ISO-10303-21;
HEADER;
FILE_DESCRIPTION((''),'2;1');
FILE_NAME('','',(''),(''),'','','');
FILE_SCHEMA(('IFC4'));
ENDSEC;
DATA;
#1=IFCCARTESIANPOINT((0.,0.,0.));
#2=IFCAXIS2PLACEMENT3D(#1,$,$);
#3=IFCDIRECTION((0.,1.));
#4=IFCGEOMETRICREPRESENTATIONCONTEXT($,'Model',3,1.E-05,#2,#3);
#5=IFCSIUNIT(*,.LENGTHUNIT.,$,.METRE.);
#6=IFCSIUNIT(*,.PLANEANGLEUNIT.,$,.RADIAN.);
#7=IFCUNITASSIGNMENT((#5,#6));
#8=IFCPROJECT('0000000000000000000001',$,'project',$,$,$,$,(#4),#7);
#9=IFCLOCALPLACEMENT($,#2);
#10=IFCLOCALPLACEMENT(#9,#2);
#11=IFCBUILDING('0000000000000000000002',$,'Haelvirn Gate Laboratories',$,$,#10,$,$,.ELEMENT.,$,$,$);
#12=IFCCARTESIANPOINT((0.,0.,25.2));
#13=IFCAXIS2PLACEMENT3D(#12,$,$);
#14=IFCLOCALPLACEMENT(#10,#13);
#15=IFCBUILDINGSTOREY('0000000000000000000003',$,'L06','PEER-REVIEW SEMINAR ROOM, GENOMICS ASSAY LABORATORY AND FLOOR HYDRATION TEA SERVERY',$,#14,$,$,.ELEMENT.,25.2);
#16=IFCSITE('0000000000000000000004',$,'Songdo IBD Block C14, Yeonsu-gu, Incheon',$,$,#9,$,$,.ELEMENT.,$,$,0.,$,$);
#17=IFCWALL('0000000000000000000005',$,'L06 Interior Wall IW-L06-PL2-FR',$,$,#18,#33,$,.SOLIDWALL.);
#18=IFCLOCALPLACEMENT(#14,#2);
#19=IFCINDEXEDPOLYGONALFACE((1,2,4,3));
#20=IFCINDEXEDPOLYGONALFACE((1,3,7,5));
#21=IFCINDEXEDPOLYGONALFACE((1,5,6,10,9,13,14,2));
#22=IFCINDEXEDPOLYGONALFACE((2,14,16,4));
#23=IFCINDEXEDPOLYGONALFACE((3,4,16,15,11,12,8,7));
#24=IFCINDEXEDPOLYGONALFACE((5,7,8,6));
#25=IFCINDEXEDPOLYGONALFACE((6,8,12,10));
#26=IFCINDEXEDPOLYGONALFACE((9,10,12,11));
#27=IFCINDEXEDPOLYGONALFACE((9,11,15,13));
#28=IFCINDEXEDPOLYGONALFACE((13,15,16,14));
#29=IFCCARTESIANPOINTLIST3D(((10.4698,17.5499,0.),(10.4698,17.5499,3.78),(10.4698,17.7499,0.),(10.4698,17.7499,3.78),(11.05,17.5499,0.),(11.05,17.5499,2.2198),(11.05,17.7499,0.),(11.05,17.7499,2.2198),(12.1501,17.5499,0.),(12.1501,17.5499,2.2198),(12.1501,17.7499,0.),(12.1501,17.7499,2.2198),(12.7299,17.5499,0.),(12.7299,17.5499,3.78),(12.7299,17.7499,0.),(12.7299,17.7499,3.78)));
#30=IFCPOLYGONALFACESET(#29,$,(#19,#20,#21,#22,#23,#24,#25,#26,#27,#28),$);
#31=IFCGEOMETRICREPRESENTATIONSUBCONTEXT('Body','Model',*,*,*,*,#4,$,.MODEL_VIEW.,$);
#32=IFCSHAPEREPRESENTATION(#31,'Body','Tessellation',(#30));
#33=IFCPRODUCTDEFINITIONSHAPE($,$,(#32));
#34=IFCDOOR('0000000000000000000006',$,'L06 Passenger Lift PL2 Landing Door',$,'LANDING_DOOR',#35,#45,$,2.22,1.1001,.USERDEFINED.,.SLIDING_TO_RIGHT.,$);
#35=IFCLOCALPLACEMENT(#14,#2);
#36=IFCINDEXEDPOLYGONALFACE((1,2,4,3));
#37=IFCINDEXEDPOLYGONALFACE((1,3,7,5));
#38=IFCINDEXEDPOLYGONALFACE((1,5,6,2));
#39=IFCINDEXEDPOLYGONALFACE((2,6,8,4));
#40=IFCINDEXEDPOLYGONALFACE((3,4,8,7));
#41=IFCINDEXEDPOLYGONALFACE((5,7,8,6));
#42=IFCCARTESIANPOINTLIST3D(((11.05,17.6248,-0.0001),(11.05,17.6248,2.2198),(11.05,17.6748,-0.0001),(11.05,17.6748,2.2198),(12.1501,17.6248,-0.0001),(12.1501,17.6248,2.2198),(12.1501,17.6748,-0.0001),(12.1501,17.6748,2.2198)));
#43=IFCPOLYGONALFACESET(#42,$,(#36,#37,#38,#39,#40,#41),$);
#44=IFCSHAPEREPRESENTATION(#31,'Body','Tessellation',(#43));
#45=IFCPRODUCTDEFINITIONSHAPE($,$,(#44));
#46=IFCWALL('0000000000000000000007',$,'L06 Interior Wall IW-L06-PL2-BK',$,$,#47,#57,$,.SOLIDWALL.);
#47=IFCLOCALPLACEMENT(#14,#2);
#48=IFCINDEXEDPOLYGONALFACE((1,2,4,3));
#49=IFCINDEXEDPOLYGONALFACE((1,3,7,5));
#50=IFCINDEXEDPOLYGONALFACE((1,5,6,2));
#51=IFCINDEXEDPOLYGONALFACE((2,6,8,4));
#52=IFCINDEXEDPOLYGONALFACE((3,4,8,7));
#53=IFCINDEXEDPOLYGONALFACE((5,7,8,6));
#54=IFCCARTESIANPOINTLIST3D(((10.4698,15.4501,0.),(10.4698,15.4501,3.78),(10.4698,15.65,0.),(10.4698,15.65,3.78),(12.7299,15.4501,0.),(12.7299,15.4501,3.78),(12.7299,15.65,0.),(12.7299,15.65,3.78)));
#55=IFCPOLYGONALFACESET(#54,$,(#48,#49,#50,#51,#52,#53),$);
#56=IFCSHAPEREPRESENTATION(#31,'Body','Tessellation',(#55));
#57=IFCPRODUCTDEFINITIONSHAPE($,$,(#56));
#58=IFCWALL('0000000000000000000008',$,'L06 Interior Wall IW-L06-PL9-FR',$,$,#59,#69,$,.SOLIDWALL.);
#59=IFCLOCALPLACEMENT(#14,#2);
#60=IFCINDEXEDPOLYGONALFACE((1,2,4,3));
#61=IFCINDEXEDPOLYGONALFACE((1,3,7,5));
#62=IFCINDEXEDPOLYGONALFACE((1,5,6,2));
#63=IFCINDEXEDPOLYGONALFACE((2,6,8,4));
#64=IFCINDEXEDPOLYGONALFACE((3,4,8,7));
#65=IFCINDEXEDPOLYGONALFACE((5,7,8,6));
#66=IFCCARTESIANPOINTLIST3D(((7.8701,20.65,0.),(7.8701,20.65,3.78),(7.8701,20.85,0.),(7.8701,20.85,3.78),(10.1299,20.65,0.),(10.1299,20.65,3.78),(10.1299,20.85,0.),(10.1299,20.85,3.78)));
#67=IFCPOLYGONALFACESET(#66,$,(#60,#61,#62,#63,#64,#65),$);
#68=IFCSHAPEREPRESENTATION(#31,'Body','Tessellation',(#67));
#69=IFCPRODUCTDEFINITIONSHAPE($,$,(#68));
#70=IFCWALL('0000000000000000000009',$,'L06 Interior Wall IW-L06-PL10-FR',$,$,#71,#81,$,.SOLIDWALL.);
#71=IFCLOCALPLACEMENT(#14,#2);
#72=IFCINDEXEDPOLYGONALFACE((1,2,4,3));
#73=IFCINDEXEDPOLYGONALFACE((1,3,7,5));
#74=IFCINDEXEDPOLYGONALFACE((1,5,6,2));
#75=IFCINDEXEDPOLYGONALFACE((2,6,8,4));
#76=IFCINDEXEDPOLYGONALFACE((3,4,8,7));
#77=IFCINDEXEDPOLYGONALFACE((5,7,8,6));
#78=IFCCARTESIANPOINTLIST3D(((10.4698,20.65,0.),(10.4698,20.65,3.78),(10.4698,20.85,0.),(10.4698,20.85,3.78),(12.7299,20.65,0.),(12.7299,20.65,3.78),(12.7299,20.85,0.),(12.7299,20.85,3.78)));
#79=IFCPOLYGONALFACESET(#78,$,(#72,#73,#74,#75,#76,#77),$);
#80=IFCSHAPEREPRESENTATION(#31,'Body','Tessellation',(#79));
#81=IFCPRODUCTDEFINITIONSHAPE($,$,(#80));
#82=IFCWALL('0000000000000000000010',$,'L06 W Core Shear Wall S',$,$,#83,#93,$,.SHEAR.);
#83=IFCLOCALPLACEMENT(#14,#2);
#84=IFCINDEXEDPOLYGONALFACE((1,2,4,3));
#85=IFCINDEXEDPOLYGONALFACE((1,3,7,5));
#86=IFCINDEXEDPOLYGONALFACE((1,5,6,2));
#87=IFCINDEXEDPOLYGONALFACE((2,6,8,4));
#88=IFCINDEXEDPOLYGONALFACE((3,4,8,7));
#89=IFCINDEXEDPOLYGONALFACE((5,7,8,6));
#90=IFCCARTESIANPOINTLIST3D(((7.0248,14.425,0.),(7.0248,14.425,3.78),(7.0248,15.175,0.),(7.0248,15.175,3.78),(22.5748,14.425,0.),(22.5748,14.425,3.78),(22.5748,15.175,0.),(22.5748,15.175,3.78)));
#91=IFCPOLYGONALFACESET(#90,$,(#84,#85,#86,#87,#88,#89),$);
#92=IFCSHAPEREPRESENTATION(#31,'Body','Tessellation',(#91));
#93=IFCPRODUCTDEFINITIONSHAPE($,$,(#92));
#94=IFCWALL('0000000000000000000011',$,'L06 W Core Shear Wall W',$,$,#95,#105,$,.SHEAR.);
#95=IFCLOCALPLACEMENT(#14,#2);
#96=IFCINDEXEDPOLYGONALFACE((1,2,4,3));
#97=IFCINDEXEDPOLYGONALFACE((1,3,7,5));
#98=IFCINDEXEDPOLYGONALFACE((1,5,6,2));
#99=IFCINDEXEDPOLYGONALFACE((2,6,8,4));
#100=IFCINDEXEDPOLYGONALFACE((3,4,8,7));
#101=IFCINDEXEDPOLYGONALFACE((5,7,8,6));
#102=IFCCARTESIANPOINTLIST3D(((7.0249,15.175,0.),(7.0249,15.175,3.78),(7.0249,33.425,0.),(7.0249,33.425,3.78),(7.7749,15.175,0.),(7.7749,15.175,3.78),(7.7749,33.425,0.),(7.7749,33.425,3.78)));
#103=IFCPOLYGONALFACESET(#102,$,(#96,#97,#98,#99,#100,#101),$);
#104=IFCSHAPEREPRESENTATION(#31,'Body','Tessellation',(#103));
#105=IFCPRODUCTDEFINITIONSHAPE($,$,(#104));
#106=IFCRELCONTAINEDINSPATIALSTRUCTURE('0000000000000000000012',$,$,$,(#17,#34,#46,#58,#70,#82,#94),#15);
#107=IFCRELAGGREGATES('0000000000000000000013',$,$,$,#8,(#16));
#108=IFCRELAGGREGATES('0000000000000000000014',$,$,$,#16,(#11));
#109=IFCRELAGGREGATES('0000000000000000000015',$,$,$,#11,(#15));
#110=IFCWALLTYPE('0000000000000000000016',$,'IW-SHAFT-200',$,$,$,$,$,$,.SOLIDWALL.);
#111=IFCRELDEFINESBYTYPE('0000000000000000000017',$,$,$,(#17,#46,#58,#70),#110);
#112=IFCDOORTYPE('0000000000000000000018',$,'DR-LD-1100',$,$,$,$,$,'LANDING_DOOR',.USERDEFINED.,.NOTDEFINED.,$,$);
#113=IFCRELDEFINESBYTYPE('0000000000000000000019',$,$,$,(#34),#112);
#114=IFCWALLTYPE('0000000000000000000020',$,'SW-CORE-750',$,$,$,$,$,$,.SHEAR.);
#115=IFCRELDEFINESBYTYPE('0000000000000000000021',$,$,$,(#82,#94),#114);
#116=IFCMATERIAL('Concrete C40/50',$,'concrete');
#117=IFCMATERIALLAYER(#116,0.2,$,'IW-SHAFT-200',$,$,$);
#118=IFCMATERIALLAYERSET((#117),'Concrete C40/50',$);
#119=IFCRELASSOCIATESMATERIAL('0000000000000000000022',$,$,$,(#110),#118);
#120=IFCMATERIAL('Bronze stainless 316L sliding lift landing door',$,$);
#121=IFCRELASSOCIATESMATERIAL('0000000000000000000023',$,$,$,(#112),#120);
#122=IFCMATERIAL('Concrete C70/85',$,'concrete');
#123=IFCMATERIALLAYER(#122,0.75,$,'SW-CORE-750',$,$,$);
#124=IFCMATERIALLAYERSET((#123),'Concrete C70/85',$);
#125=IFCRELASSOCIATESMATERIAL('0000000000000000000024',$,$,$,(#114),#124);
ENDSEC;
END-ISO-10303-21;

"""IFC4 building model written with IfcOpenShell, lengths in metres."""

from ifc_helpers import new_model, si_unit, direction, frame, frame_2d, origin, place, context, subcontext, project, spatial, rectangle, extrude, source, transform, mapped, material, layer, layer_set, type_object, type_shapes, element, fill, save


model = new_model("IFC4")

# Units and contexts
model_context = context("Model", 3, precision=1e-05, world=origin(), true_north=direction((0.0, 1.0)))
body_context = subcontext(model_context, "Body", "Model", "MODEL_VIEW")
ifc_project = project(units=[si_unit("LENGTHUNIT", "METRE"), si_unit("PLANEANGLEUNIT", "RADIAN")], contexts=[model_context])

# Site, building, storey
site_placement = place(None, origin())
site = spatial("IfcSite", under=ifc_project, at=site_placement, Name="Songdo IBD Block C14, Yeonsu-gu, Incheon", CompositionType="ELEMENT", RefElevation=0.0)
building_placement = place(site_placement, origin())
building = spatial("IfcBuilding", under=site, at=building_placement, Name="Haelvirn Gate Laboratories", CompositionType="ELEMENT")
storey_placement = place(building_placement, frame((0.0, 0.0, 25.2)))
storey = spatial("IfcBuildingStorey", under=building, at=storey_placement, Name="L06", Description="PEER-REVIEW SEMINAR ROOM, GENOMICS ASSAY LABORATORY AND FLOOR HYDRATION TEA SERVERY", CompositionType="ELEMENT", Elevation=25.2)

# Shared definitions
ifc_material_1 = material(Name="Concrete C70/85", Category="concrete")

# Shared definitions
ifc_material_2 = material(Name="Concrete C40/50", Category="concrete")

# Shared definitions
ifc_layer_1 = layer(ifc_material_2, 0.2, Name="IW-SHAFT-200")
ifc_layer_set_1 = layer_set([ifc_layer_1], Name="Concrete C40/50")
wall_type_1 = type_object("IfcWallType", Name="IW-SHAFT-200", PredefinedType="SOLIDWALL", material=ifc_layer_set_1)
ifc_material_3 = material(Name="Bronze stainless 316L sliding lift landing door")
door_type_1 = type_object("IfcDoorType", Name="DR-LD-1100", ElementType="LANDING_DOOR", OperationType="NOTDEFINED", PredefinedType="USERDEFINED", material=ifc_material_3)
shared_shape_1 = source(origin(), body_context, "Body", "SweptSolid", [
    extrude(rectangle(XDim=1.1001, YDim=2.22, at=frame_2d((0.55, 1.1099))), frame((0.0, 0.0249, 0.0), z_axis=(0.0, -1.0, 0.0), x_axis=(1.0, 0.0, 0.0)), (0.0, 0.0, 1.0), 0.05),
])
type_shapes(door_type_1, [shared_shape_1])

# Wall, opening, door
wall_1_placement = place(storey_placement, frame((10.47, 17.6499, 0.0), z_axis=(0.0, 0.0, 1.0), x_axis=(1.0, 0.0, 0.0)))
wall_1 = element("IfcWall", 1, at=wall_1_placement, inside=storey, type_object=wall_type_1, Name="L06 Interior Wall IW-L06-PL2-FR", PredefinedType="SOLIDWALL", context=body_context, shape_type="SweptSolid", body=[
    extrude(rectangle(XDim=2.26, YDim=0.2, at=frame_2d((1.1299, 0.0))), origin(), (0.0, 0.0, 1.0), 3.78),
])
opening_1_placement = place(wall_1_placement, frame((0.5801, 0.0, 0.0)))
opening_1 = element("IfcOpeningElement", 2, at=opening_1_placement, cuts=wall_1, PredefinedType="OPENING", context=body_context, shape_type="SweptSolid", body=[
    extrude(rectangle(XDim=1.1001, YDim=2.22, at=frame_2d((0.55, 1.1099))), frame((0.0, 0.1099, 0.0), z_axis=(0.0, -1.0, 0.0), x_axis=(1.0, 0.0, 0.0)), (0.0, 0.0, 1.0), 0.22),
])
door_1_placement = place(opening_1_placement, origin())
door_1 = element("IfcDoor", 3, at=door_1_placement, inside=storey, type_object=door_type_1, Name="L06 Passenger Lift PL2 Landing Door", ObjectType="LANDING_DOOR", OperationType="SLIDING_TO_RIGHT", OverallHeight=2.22, OverallWidth=1.1001, PredefinedType="USERDEFINED", context=body_context, shape_type="MappedRepresentation", body=[
    mapped(shared_shape_1, transform((0.0, 0.0, 0.0), scale=1.0)),
])
fill(opening_1, door_1)

# Walls
wall_2_placement = place(storey_placement, frame((10.47, 15.55, 0.0), z_axis=(0.0, 0.0, 1.0), x_axis=(1.0, 0.0, 0.0)))
element("IfcWall", 4, at=wall_2_placement, inside=storey, type_object=wall_type_1, Name="L06 Interior Wall IW-L06-PL2-BK", PredefinedType="SOLIDWALL", context=body_context, shape_type="SweptSolid", body=[
    extrude(rectangle(XDim=2.26, YDim=0.2, at=frame_2d((1.1299, 0.0))), origin(), (0.0, 0.0, 1.0), 3.78),
])
wall_3_placement = place(storey_placement, frame((7.8701, 20.75, 0.0), z_axis=(0.0, 0.0, 1.0), x_axis=(1.0, 0.0, 0.0)))
element("IfcWall", 5, at=wall_3_placement, inside=storey, type_object=wall_type_1, Name="L06 Interior Wall IW-L06-PL9-FR", PredefinedType="SOLIDWALL", context=body_context, shape_type="SweptSolid", body=[
    extrude(rectangle(XDim=2.2598, YDim=0.2, at=frame_2d((1.1299, 0.0))), origin(), (0.0, 0.0, 1.0), 3.78),
])
wall_4_placement = place(storey_placement, frame((10.47, 20.75, 0.0), z_axis=(0.0, 0.0, 1.0), x_axis=(1.0, 0.0, 0.0)))
element("IfcWall", 6, at=wall_4_placement, inside=storey, type_object=wall_type_1, Name="L06 Interior Wall IW-L06-PL10-FR", PredefinedType="SOLIDWALL", context=body_context, shape_type="SweptSolid", body=[
    extrude(rectangle(XDim=2.26, YDim=0.2, at=frame_2d((1.1299, 0.0))), origin(), (0.0, 0.0, 1.0), 3.78),
])
ifc_layer_2 = layer(ifc_material_1, 0.75, Name="SW-CORE-750")
ifc_layer_set_2 = layer_set([ifc_layer_2], Name="Concrete C70/85")
wall_type_2 = type_object("IfcWallType", Name="SW-CORE-750", PredefinedType="SHEAR", material=ifc_layer_set_2)
wall_5_placement = place(storey_placement, frame((7.0249, 14.8, 0.0), z_axis=(0.0, 0.0, 1.0), x_axis=(1.0, 0.0, 0.0)))
element("IfcWall", 7, at=wall_5_placement, inside=storey, type_object=wall_type_2, Name="L06 W Core Shear Wall S", PredefinedType="SHEAR", context=body_context, shape_type="SweptSolid", body=[
    extrude(rectangle(XDim=15.55, YDim=0.75, at=frame_2d((7.7749, 0.0))), origin(), (0.0, 0.0, 1.0), 3.78),
])
wall_6_placement = place(storey_placement, frame((7.3999, 15.175, 0.0), z_axis=(0.0, 0.0, 1.0), x_axis=(0.0, 1.0, 0.0)))
element("IfcWall", 8, at=wall_6_placement, inside=storey, type_object=wall_type_2, Name="L06 W Core Shear Wall W", PredefinedType="SHEAR", context=body_context, shape_type="SweptSolid", body=[
    extrude(rectangle(XDim=18.25, YDim=0.75, at=frame_2d((9.125, 0.0))), origin(), (0.0, 0.0, 1.0), 3.78),
])

save(model, "model.ifc")
